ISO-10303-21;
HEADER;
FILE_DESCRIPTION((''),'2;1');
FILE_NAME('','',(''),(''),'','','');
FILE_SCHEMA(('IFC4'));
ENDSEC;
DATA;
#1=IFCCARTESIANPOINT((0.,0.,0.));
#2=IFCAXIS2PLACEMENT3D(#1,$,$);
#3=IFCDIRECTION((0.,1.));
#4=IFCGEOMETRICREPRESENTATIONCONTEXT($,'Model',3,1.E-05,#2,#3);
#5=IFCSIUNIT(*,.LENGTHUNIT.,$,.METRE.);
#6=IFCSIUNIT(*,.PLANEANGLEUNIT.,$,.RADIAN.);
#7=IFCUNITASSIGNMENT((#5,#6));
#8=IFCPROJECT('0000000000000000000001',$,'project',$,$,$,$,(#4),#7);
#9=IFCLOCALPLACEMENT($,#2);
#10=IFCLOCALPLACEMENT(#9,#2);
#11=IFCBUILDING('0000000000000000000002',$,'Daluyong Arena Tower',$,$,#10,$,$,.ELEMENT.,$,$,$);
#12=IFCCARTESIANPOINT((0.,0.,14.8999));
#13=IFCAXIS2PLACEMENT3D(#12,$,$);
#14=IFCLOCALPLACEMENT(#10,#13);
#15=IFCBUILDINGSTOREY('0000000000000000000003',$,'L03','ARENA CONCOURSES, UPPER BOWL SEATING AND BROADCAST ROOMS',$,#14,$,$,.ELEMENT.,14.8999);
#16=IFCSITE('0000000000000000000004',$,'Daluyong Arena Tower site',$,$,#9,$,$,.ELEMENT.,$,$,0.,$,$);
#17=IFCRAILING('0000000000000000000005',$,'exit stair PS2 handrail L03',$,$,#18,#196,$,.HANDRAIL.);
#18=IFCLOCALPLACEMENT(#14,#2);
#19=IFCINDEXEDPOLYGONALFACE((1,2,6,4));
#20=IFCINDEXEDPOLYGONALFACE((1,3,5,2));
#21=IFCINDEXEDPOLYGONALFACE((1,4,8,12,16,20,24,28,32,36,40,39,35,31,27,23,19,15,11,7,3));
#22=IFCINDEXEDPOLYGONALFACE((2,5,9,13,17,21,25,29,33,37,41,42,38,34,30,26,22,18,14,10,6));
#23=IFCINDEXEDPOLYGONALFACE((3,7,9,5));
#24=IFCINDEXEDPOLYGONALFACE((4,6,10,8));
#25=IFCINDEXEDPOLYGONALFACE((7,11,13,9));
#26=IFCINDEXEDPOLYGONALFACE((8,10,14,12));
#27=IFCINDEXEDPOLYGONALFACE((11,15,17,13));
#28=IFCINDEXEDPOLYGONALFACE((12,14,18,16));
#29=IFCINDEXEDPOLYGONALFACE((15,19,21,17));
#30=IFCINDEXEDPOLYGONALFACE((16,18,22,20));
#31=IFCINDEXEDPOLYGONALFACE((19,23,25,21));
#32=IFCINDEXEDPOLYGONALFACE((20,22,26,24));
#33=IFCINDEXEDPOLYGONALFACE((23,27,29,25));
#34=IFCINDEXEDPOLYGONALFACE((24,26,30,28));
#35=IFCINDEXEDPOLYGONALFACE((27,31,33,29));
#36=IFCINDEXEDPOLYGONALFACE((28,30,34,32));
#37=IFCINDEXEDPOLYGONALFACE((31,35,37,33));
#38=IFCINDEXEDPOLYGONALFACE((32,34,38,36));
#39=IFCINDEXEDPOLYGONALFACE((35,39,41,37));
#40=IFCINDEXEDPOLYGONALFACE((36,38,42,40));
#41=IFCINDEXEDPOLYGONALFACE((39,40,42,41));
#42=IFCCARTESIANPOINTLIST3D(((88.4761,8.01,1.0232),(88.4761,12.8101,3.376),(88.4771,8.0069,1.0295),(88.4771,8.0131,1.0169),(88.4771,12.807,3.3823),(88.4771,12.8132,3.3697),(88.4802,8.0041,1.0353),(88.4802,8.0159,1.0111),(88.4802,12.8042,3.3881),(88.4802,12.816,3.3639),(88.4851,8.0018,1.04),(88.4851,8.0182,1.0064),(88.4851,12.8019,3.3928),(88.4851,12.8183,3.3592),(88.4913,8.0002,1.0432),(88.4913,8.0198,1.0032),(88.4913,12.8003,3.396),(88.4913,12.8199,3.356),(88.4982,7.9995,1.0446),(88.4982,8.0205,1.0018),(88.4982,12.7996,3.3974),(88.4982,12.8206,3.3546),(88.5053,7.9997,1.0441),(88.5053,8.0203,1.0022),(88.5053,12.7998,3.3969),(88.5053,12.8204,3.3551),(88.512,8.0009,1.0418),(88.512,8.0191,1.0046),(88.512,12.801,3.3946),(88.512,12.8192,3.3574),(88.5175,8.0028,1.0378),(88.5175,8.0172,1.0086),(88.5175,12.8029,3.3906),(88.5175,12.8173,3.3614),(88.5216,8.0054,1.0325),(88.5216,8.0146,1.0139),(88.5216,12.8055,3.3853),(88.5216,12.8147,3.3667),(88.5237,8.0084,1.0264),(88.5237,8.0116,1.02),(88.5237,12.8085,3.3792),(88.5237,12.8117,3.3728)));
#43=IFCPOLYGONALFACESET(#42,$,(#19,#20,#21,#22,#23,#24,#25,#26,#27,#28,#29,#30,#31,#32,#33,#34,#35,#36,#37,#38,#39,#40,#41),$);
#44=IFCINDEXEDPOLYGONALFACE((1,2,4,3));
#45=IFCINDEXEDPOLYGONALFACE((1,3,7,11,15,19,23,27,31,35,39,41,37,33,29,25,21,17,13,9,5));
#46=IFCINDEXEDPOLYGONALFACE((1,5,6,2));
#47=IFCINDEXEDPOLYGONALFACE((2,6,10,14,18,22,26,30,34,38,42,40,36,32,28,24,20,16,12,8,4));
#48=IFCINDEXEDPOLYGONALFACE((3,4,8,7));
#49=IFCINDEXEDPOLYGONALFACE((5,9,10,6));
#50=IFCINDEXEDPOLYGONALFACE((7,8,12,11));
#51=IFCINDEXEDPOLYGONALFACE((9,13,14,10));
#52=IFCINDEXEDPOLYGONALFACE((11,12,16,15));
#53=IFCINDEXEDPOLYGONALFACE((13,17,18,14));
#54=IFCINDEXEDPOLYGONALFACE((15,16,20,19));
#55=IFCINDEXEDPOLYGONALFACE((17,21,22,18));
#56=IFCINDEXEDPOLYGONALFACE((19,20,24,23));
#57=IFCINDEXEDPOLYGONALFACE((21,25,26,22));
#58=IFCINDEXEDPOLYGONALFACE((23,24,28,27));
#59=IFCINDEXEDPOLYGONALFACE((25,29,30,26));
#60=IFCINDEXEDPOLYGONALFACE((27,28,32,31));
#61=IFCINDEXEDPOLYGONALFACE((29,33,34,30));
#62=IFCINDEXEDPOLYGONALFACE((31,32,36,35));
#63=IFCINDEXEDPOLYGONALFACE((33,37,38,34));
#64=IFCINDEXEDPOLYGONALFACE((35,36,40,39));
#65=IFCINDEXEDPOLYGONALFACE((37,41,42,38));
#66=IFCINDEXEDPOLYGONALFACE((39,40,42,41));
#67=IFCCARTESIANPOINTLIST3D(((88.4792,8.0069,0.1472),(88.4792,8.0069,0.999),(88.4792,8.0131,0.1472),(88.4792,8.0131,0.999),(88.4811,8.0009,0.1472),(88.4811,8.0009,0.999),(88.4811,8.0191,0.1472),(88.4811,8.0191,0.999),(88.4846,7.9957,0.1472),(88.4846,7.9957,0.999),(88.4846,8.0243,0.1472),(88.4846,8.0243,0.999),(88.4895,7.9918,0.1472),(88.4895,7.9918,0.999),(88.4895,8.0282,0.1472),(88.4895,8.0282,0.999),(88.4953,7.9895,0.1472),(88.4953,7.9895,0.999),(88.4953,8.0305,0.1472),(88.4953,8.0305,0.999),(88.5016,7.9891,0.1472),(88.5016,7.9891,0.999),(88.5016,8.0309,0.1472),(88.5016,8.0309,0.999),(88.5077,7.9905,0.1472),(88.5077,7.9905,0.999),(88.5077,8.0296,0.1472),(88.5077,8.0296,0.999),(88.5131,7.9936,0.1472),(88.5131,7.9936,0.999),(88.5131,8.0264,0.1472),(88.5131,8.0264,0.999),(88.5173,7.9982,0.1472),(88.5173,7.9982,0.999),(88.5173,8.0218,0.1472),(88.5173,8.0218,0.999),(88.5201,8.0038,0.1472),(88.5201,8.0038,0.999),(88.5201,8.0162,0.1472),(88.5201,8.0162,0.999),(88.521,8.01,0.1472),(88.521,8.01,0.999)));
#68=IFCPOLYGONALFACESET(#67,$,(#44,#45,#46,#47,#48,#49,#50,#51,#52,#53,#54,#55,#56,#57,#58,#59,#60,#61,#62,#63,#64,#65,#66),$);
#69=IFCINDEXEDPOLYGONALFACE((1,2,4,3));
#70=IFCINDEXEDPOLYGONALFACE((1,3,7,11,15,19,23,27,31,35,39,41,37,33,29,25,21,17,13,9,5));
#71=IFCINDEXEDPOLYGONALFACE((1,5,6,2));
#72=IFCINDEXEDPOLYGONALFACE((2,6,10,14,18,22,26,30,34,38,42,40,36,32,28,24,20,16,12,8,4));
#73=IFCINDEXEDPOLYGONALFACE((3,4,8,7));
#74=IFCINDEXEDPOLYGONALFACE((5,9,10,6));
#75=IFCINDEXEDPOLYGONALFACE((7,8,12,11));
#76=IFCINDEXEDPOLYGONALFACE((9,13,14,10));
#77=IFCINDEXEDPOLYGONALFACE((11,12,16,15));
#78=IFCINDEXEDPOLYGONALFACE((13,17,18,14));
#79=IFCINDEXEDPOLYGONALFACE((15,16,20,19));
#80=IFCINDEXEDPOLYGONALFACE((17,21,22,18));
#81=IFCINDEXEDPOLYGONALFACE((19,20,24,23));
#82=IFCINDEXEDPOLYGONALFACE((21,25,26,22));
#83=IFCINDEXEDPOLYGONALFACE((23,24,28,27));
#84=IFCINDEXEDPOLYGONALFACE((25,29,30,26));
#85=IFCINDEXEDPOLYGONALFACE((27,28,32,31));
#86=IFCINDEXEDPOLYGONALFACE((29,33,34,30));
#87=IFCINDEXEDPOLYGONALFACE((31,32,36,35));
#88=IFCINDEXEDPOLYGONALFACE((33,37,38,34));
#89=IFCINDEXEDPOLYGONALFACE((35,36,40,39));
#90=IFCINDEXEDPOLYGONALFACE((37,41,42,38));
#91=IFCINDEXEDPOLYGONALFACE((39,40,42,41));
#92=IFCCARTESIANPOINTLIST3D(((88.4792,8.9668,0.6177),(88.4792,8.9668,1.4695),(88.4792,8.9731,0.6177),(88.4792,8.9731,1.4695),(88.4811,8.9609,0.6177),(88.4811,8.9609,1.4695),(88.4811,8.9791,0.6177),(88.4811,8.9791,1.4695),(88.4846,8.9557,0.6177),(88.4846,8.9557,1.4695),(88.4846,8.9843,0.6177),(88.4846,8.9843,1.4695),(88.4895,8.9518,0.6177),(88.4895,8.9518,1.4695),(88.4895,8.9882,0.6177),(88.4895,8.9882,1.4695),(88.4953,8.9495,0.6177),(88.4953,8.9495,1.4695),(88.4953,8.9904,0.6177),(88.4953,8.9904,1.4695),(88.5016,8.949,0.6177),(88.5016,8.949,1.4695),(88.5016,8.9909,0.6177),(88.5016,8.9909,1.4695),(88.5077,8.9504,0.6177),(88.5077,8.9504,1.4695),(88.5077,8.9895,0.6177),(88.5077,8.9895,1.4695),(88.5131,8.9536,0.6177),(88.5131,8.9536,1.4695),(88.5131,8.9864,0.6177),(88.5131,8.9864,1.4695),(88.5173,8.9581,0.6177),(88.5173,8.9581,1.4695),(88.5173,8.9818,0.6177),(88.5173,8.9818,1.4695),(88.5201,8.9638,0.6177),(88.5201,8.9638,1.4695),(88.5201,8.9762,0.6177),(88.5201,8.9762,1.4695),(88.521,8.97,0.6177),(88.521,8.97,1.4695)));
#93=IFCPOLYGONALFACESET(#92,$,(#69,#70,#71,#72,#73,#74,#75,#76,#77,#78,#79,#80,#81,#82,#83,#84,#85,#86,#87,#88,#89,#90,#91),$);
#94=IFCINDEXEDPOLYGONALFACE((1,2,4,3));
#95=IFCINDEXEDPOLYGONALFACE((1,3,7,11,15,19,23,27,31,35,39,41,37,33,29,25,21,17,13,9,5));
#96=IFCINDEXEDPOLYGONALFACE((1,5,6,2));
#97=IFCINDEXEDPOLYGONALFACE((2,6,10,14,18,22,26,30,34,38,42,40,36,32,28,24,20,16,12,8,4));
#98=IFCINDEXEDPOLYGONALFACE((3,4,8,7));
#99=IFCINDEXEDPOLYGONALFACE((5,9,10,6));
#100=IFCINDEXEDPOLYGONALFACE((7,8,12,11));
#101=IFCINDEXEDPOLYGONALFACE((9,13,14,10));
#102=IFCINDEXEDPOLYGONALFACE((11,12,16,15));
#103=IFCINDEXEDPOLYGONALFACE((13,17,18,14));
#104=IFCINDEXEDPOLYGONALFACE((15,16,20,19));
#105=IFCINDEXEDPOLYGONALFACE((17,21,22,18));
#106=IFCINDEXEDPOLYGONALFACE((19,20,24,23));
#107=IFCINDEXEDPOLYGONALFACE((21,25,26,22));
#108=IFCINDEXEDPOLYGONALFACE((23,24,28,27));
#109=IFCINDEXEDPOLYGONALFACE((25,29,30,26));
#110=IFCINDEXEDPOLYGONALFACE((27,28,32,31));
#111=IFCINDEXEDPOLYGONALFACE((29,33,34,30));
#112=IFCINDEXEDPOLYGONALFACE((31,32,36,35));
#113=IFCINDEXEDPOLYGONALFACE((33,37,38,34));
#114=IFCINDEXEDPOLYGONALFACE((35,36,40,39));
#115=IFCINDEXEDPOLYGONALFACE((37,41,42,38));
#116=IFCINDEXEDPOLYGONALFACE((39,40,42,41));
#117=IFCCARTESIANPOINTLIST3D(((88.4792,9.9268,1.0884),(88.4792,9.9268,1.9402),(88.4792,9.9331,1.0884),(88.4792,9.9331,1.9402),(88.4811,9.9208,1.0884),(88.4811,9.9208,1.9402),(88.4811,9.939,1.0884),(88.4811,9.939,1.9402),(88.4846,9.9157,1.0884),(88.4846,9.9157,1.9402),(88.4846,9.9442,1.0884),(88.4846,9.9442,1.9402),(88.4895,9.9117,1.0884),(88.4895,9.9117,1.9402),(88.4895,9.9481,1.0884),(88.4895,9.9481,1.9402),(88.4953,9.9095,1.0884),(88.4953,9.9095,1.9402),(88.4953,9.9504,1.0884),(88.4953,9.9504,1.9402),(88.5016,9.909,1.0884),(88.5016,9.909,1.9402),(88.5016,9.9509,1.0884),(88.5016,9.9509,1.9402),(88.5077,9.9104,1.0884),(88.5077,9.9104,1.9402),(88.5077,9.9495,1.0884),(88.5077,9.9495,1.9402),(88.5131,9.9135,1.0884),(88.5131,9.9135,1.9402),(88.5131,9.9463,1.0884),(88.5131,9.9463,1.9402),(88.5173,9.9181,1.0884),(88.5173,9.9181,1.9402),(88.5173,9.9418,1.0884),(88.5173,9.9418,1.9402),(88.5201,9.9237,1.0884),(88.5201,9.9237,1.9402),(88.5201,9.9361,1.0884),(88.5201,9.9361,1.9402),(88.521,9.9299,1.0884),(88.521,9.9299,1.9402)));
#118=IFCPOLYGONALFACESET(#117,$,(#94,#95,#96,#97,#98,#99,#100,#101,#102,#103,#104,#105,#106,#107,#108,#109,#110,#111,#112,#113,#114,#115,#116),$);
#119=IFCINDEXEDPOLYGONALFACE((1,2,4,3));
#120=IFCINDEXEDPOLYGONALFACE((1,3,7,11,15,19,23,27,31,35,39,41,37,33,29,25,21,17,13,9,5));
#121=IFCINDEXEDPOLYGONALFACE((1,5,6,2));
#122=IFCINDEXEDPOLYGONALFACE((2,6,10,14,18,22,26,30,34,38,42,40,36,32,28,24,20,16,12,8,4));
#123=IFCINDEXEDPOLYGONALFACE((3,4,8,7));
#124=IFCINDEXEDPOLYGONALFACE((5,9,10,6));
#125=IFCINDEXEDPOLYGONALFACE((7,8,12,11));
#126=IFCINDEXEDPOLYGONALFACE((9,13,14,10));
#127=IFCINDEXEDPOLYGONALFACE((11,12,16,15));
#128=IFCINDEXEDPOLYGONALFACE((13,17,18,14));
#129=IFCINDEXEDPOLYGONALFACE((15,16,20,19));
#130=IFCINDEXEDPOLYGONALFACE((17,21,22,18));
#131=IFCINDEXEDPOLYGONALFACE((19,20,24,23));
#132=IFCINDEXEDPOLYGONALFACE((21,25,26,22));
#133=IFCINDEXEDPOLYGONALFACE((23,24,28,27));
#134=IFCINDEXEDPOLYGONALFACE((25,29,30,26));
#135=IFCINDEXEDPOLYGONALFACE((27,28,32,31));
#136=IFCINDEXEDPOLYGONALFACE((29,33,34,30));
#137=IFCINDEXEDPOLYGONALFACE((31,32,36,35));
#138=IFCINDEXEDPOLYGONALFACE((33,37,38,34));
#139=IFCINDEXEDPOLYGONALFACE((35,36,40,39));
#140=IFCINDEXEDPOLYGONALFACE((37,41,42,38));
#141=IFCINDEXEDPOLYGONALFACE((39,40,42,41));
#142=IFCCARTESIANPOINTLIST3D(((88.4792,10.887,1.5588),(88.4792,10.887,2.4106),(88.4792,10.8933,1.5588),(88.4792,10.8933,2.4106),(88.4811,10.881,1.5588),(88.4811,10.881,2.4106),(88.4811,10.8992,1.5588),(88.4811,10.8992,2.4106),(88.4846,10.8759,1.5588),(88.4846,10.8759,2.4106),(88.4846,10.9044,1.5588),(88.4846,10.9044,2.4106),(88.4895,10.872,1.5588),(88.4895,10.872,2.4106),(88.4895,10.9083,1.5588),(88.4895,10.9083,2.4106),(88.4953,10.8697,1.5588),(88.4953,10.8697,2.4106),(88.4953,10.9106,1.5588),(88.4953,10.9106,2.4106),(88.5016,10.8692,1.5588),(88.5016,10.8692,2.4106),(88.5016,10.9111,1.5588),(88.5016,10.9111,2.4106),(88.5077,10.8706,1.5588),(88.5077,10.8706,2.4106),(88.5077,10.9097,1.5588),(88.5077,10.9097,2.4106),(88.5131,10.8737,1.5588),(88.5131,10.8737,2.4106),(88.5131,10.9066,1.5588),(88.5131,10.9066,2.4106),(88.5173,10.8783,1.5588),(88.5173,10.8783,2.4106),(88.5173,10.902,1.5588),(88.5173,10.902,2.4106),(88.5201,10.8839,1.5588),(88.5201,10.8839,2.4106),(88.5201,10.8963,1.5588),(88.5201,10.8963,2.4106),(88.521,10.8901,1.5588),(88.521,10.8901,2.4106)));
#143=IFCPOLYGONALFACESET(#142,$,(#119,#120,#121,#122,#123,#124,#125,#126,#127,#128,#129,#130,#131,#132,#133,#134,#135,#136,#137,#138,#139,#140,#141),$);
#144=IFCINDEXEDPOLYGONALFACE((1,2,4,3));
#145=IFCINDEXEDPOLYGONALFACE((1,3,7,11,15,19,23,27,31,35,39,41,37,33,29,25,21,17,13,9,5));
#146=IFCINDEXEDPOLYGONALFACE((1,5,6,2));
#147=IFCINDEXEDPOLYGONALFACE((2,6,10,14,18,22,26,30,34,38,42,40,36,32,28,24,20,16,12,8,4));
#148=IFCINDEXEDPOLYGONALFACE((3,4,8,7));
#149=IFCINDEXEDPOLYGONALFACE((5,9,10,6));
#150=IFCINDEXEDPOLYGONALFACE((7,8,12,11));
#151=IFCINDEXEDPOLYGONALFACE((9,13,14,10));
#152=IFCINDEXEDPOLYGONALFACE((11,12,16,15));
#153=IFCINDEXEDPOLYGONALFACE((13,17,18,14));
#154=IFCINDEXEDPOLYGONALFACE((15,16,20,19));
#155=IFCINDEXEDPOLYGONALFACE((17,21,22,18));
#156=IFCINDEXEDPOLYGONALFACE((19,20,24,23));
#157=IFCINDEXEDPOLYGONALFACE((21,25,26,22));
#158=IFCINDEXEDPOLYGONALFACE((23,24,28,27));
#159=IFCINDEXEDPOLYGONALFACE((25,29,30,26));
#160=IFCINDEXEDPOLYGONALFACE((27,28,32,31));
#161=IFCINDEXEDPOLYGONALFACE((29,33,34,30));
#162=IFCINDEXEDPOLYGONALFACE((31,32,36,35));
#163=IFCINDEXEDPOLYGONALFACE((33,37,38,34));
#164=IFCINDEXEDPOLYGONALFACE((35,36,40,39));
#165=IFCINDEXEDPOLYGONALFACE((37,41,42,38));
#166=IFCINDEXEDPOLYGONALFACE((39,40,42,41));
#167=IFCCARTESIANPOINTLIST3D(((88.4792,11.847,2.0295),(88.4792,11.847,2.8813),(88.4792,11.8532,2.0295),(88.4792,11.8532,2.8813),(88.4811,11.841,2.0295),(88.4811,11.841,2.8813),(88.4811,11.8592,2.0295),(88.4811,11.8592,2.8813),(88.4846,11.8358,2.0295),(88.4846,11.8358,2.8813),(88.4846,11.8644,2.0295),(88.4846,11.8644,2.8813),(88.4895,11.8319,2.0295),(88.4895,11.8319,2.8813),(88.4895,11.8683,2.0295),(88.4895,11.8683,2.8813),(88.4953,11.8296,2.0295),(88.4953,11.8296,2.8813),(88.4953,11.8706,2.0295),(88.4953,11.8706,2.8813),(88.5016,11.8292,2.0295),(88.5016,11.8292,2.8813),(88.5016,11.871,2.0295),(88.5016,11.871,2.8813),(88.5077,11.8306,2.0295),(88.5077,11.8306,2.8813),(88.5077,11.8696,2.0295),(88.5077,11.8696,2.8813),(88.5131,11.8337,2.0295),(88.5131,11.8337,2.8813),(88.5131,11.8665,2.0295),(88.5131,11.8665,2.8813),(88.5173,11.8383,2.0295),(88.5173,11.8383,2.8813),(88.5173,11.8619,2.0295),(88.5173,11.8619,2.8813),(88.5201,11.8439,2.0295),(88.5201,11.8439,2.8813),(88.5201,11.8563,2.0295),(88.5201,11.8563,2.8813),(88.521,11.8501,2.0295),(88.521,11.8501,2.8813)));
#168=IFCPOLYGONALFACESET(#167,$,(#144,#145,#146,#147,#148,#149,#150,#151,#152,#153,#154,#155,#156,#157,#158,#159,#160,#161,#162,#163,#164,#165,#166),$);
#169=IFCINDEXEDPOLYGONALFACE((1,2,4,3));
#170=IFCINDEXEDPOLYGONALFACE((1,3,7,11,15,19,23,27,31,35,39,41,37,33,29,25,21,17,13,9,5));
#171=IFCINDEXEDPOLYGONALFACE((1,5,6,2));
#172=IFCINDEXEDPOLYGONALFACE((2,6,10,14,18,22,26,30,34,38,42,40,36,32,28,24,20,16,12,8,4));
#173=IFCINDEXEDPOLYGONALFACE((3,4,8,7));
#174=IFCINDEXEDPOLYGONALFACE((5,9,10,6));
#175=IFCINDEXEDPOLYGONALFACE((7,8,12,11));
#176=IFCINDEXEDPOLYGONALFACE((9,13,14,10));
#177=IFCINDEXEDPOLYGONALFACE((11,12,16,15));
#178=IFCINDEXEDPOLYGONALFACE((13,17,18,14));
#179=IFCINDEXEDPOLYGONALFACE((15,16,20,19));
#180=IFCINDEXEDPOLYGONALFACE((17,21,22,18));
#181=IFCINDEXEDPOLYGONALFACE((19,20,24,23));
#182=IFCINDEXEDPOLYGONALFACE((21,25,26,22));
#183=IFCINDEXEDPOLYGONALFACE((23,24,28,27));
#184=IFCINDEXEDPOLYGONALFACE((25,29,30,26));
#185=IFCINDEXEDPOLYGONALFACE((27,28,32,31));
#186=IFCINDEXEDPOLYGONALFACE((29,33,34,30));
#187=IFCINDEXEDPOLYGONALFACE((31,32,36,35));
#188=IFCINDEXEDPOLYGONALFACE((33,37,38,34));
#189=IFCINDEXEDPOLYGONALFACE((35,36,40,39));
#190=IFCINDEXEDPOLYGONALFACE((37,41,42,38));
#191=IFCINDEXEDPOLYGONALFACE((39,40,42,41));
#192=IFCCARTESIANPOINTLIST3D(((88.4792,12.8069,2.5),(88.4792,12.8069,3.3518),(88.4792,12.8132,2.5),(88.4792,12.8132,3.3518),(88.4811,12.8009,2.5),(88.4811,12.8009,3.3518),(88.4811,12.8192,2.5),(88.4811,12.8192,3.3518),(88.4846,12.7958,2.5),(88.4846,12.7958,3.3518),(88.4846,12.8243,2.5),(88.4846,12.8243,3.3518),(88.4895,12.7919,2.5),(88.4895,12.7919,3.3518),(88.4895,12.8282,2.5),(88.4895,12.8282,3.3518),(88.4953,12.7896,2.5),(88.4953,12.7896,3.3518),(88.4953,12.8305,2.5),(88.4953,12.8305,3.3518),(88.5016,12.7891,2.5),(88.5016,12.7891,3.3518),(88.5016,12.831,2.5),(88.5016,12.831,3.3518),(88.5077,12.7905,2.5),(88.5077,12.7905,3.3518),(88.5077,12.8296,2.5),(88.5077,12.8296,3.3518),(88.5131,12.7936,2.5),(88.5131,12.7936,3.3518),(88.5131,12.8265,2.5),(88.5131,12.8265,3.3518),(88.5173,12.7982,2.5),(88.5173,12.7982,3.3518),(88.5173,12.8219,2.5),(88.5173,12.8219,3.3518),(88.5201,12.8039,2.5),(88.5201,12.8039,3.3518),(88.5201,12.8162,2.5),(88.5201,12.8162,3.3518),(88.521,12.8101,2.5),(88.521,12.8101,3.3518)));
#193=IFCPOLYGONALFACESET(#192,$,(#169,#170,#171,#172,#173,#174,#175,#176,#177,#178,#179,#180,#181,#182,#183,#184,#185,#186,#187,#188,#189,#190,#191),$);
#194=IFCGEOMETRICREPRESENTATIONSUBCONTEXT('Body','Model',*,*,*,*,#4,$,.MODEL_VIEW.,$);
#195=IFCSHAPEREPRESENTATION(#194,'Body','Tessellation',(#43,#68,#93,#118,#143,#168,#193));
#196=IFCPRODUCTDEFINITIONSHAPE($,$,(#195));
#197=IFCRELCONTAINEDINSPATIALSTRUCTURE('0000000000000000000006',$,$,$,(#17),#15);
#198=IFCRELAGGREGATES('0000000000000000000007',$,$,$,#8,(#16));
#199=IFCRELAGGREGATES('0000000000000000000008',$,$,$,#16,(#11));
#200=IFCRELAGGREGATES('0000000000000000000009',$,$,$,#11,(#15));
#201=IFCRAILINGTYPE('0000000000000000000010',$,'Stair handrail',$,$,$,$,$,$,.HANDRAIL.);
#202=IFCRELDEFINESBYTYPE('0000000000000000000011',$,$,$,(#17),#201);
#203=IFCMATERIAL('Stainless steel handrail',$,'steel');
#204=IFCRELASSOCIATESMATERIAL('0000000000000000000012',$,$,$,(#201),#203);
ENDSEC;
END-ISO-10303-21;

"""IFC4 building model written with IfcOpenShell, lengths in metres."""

from ifc_helpers import new_model, si_unit, direction, frame, origin, origin_2d, place, context, subcontext, project, spatial, circle, extrude, material, type_object, element, save


model = new_model("IFC4")

# Units and contexts
model_context = context("Model", 3, precision=1e-05, world=origin(), true_north=direction((0.0, 1.0)))
body_context = subcontext(model_context, "Body", "Model", "MODEL_VIEW")
ifc_project = project(units=[si_unit("LENGTHUNIT", "METRE"), si_unit("PLANEANGLEUNIT", "RADIAN")], contexts=[model_context])

# Site, building, storey
site_placement = place(None, origin())
site = spatial("IfcSite", under=ifc_project, at=site_placement, Name="Daluyong Arena Tower site", CompositionType="ELEMENT", RefElevation=0.0)
building_placement = place(site_placement, origin())
building = spatial("IfcBuilding", under=site, at=building_placement, Name="Daluyong Arena Tower", CompositionType="ELEMENT")
storey_placement = place(building_placement, frame((0.0, 0.0, 14.8999)))
storey = spatial("IfcBuildingStorey", under=building, at=storey_placement, Name="L03", Description="ARENA CONCOURSES, UPPER BOWL SEATING AND BROADCAST ROOMS", CompositionType="ELEMENT", Elevation=14.8999)

# Railing
ifc_material_1 = material(Name="Stainless steel handrail", Category="steel")
railing_type_1 = type_object("IfcRailingType", Name="Stair handrail", PredefinedType="HANDRAIL", material=ifc_material_1)
railing_1_placement = place(storey_placement, frame((88.5, 8.01, 0.1472)))
element("IfcRailing", 1, at=railing_1_placement, inside=storey, type_object=railing_type_1, Name="exit stair PS2 handrail L03", PredefinedType="HANDRAIL", context=body_context, shape_type="SweptSolid", body=[
    extrude(circle(Radius=0.0239, at=origin_2d()), frame((0.0, 0.0, 0.876), z_axis=(0.0, 0.897934, 0.44013), x_axis=(-1.0, 0.0, 0.0)), (0.0, 0.0, 1.0), 5.3457),
    extrude(circle(Radius=0.021, at=origin_2d()), origin(), (0.0, 0.0, 1.0), 0.8518),
    extrude(circle(Radius=0.021, at=origin_2d()), frame((0.0, 0.96, 0.4705)), (0.0, 0.0, 1.0), 0.8518),
    extrude(circle(Radius=0.021, at=origin_2d()), frame((0.0, 1.9199, 0.9412)), (0.0, 0.0, 1.0), 0.8518),
    extrude(circle(Radius=0.021, at=origin_2d()), frame((0.0, 2.8801, 1.4116)), (0.0, 0.0, 1.0), 0.8518),
    extrude(circle(Radius=0.021, at=origin_2d()), frame((0.0, 3.8401, 1.8823)), (0.0, 0.0, 1.0), 0.8518),
    extrude(circle(Radius=0.021, at=origin_2d()), frame((0.0, 4.8, 2.3528)), (0.0, 0.0, 1.0), 0.8518),
])

save(model, "model.ifc")
